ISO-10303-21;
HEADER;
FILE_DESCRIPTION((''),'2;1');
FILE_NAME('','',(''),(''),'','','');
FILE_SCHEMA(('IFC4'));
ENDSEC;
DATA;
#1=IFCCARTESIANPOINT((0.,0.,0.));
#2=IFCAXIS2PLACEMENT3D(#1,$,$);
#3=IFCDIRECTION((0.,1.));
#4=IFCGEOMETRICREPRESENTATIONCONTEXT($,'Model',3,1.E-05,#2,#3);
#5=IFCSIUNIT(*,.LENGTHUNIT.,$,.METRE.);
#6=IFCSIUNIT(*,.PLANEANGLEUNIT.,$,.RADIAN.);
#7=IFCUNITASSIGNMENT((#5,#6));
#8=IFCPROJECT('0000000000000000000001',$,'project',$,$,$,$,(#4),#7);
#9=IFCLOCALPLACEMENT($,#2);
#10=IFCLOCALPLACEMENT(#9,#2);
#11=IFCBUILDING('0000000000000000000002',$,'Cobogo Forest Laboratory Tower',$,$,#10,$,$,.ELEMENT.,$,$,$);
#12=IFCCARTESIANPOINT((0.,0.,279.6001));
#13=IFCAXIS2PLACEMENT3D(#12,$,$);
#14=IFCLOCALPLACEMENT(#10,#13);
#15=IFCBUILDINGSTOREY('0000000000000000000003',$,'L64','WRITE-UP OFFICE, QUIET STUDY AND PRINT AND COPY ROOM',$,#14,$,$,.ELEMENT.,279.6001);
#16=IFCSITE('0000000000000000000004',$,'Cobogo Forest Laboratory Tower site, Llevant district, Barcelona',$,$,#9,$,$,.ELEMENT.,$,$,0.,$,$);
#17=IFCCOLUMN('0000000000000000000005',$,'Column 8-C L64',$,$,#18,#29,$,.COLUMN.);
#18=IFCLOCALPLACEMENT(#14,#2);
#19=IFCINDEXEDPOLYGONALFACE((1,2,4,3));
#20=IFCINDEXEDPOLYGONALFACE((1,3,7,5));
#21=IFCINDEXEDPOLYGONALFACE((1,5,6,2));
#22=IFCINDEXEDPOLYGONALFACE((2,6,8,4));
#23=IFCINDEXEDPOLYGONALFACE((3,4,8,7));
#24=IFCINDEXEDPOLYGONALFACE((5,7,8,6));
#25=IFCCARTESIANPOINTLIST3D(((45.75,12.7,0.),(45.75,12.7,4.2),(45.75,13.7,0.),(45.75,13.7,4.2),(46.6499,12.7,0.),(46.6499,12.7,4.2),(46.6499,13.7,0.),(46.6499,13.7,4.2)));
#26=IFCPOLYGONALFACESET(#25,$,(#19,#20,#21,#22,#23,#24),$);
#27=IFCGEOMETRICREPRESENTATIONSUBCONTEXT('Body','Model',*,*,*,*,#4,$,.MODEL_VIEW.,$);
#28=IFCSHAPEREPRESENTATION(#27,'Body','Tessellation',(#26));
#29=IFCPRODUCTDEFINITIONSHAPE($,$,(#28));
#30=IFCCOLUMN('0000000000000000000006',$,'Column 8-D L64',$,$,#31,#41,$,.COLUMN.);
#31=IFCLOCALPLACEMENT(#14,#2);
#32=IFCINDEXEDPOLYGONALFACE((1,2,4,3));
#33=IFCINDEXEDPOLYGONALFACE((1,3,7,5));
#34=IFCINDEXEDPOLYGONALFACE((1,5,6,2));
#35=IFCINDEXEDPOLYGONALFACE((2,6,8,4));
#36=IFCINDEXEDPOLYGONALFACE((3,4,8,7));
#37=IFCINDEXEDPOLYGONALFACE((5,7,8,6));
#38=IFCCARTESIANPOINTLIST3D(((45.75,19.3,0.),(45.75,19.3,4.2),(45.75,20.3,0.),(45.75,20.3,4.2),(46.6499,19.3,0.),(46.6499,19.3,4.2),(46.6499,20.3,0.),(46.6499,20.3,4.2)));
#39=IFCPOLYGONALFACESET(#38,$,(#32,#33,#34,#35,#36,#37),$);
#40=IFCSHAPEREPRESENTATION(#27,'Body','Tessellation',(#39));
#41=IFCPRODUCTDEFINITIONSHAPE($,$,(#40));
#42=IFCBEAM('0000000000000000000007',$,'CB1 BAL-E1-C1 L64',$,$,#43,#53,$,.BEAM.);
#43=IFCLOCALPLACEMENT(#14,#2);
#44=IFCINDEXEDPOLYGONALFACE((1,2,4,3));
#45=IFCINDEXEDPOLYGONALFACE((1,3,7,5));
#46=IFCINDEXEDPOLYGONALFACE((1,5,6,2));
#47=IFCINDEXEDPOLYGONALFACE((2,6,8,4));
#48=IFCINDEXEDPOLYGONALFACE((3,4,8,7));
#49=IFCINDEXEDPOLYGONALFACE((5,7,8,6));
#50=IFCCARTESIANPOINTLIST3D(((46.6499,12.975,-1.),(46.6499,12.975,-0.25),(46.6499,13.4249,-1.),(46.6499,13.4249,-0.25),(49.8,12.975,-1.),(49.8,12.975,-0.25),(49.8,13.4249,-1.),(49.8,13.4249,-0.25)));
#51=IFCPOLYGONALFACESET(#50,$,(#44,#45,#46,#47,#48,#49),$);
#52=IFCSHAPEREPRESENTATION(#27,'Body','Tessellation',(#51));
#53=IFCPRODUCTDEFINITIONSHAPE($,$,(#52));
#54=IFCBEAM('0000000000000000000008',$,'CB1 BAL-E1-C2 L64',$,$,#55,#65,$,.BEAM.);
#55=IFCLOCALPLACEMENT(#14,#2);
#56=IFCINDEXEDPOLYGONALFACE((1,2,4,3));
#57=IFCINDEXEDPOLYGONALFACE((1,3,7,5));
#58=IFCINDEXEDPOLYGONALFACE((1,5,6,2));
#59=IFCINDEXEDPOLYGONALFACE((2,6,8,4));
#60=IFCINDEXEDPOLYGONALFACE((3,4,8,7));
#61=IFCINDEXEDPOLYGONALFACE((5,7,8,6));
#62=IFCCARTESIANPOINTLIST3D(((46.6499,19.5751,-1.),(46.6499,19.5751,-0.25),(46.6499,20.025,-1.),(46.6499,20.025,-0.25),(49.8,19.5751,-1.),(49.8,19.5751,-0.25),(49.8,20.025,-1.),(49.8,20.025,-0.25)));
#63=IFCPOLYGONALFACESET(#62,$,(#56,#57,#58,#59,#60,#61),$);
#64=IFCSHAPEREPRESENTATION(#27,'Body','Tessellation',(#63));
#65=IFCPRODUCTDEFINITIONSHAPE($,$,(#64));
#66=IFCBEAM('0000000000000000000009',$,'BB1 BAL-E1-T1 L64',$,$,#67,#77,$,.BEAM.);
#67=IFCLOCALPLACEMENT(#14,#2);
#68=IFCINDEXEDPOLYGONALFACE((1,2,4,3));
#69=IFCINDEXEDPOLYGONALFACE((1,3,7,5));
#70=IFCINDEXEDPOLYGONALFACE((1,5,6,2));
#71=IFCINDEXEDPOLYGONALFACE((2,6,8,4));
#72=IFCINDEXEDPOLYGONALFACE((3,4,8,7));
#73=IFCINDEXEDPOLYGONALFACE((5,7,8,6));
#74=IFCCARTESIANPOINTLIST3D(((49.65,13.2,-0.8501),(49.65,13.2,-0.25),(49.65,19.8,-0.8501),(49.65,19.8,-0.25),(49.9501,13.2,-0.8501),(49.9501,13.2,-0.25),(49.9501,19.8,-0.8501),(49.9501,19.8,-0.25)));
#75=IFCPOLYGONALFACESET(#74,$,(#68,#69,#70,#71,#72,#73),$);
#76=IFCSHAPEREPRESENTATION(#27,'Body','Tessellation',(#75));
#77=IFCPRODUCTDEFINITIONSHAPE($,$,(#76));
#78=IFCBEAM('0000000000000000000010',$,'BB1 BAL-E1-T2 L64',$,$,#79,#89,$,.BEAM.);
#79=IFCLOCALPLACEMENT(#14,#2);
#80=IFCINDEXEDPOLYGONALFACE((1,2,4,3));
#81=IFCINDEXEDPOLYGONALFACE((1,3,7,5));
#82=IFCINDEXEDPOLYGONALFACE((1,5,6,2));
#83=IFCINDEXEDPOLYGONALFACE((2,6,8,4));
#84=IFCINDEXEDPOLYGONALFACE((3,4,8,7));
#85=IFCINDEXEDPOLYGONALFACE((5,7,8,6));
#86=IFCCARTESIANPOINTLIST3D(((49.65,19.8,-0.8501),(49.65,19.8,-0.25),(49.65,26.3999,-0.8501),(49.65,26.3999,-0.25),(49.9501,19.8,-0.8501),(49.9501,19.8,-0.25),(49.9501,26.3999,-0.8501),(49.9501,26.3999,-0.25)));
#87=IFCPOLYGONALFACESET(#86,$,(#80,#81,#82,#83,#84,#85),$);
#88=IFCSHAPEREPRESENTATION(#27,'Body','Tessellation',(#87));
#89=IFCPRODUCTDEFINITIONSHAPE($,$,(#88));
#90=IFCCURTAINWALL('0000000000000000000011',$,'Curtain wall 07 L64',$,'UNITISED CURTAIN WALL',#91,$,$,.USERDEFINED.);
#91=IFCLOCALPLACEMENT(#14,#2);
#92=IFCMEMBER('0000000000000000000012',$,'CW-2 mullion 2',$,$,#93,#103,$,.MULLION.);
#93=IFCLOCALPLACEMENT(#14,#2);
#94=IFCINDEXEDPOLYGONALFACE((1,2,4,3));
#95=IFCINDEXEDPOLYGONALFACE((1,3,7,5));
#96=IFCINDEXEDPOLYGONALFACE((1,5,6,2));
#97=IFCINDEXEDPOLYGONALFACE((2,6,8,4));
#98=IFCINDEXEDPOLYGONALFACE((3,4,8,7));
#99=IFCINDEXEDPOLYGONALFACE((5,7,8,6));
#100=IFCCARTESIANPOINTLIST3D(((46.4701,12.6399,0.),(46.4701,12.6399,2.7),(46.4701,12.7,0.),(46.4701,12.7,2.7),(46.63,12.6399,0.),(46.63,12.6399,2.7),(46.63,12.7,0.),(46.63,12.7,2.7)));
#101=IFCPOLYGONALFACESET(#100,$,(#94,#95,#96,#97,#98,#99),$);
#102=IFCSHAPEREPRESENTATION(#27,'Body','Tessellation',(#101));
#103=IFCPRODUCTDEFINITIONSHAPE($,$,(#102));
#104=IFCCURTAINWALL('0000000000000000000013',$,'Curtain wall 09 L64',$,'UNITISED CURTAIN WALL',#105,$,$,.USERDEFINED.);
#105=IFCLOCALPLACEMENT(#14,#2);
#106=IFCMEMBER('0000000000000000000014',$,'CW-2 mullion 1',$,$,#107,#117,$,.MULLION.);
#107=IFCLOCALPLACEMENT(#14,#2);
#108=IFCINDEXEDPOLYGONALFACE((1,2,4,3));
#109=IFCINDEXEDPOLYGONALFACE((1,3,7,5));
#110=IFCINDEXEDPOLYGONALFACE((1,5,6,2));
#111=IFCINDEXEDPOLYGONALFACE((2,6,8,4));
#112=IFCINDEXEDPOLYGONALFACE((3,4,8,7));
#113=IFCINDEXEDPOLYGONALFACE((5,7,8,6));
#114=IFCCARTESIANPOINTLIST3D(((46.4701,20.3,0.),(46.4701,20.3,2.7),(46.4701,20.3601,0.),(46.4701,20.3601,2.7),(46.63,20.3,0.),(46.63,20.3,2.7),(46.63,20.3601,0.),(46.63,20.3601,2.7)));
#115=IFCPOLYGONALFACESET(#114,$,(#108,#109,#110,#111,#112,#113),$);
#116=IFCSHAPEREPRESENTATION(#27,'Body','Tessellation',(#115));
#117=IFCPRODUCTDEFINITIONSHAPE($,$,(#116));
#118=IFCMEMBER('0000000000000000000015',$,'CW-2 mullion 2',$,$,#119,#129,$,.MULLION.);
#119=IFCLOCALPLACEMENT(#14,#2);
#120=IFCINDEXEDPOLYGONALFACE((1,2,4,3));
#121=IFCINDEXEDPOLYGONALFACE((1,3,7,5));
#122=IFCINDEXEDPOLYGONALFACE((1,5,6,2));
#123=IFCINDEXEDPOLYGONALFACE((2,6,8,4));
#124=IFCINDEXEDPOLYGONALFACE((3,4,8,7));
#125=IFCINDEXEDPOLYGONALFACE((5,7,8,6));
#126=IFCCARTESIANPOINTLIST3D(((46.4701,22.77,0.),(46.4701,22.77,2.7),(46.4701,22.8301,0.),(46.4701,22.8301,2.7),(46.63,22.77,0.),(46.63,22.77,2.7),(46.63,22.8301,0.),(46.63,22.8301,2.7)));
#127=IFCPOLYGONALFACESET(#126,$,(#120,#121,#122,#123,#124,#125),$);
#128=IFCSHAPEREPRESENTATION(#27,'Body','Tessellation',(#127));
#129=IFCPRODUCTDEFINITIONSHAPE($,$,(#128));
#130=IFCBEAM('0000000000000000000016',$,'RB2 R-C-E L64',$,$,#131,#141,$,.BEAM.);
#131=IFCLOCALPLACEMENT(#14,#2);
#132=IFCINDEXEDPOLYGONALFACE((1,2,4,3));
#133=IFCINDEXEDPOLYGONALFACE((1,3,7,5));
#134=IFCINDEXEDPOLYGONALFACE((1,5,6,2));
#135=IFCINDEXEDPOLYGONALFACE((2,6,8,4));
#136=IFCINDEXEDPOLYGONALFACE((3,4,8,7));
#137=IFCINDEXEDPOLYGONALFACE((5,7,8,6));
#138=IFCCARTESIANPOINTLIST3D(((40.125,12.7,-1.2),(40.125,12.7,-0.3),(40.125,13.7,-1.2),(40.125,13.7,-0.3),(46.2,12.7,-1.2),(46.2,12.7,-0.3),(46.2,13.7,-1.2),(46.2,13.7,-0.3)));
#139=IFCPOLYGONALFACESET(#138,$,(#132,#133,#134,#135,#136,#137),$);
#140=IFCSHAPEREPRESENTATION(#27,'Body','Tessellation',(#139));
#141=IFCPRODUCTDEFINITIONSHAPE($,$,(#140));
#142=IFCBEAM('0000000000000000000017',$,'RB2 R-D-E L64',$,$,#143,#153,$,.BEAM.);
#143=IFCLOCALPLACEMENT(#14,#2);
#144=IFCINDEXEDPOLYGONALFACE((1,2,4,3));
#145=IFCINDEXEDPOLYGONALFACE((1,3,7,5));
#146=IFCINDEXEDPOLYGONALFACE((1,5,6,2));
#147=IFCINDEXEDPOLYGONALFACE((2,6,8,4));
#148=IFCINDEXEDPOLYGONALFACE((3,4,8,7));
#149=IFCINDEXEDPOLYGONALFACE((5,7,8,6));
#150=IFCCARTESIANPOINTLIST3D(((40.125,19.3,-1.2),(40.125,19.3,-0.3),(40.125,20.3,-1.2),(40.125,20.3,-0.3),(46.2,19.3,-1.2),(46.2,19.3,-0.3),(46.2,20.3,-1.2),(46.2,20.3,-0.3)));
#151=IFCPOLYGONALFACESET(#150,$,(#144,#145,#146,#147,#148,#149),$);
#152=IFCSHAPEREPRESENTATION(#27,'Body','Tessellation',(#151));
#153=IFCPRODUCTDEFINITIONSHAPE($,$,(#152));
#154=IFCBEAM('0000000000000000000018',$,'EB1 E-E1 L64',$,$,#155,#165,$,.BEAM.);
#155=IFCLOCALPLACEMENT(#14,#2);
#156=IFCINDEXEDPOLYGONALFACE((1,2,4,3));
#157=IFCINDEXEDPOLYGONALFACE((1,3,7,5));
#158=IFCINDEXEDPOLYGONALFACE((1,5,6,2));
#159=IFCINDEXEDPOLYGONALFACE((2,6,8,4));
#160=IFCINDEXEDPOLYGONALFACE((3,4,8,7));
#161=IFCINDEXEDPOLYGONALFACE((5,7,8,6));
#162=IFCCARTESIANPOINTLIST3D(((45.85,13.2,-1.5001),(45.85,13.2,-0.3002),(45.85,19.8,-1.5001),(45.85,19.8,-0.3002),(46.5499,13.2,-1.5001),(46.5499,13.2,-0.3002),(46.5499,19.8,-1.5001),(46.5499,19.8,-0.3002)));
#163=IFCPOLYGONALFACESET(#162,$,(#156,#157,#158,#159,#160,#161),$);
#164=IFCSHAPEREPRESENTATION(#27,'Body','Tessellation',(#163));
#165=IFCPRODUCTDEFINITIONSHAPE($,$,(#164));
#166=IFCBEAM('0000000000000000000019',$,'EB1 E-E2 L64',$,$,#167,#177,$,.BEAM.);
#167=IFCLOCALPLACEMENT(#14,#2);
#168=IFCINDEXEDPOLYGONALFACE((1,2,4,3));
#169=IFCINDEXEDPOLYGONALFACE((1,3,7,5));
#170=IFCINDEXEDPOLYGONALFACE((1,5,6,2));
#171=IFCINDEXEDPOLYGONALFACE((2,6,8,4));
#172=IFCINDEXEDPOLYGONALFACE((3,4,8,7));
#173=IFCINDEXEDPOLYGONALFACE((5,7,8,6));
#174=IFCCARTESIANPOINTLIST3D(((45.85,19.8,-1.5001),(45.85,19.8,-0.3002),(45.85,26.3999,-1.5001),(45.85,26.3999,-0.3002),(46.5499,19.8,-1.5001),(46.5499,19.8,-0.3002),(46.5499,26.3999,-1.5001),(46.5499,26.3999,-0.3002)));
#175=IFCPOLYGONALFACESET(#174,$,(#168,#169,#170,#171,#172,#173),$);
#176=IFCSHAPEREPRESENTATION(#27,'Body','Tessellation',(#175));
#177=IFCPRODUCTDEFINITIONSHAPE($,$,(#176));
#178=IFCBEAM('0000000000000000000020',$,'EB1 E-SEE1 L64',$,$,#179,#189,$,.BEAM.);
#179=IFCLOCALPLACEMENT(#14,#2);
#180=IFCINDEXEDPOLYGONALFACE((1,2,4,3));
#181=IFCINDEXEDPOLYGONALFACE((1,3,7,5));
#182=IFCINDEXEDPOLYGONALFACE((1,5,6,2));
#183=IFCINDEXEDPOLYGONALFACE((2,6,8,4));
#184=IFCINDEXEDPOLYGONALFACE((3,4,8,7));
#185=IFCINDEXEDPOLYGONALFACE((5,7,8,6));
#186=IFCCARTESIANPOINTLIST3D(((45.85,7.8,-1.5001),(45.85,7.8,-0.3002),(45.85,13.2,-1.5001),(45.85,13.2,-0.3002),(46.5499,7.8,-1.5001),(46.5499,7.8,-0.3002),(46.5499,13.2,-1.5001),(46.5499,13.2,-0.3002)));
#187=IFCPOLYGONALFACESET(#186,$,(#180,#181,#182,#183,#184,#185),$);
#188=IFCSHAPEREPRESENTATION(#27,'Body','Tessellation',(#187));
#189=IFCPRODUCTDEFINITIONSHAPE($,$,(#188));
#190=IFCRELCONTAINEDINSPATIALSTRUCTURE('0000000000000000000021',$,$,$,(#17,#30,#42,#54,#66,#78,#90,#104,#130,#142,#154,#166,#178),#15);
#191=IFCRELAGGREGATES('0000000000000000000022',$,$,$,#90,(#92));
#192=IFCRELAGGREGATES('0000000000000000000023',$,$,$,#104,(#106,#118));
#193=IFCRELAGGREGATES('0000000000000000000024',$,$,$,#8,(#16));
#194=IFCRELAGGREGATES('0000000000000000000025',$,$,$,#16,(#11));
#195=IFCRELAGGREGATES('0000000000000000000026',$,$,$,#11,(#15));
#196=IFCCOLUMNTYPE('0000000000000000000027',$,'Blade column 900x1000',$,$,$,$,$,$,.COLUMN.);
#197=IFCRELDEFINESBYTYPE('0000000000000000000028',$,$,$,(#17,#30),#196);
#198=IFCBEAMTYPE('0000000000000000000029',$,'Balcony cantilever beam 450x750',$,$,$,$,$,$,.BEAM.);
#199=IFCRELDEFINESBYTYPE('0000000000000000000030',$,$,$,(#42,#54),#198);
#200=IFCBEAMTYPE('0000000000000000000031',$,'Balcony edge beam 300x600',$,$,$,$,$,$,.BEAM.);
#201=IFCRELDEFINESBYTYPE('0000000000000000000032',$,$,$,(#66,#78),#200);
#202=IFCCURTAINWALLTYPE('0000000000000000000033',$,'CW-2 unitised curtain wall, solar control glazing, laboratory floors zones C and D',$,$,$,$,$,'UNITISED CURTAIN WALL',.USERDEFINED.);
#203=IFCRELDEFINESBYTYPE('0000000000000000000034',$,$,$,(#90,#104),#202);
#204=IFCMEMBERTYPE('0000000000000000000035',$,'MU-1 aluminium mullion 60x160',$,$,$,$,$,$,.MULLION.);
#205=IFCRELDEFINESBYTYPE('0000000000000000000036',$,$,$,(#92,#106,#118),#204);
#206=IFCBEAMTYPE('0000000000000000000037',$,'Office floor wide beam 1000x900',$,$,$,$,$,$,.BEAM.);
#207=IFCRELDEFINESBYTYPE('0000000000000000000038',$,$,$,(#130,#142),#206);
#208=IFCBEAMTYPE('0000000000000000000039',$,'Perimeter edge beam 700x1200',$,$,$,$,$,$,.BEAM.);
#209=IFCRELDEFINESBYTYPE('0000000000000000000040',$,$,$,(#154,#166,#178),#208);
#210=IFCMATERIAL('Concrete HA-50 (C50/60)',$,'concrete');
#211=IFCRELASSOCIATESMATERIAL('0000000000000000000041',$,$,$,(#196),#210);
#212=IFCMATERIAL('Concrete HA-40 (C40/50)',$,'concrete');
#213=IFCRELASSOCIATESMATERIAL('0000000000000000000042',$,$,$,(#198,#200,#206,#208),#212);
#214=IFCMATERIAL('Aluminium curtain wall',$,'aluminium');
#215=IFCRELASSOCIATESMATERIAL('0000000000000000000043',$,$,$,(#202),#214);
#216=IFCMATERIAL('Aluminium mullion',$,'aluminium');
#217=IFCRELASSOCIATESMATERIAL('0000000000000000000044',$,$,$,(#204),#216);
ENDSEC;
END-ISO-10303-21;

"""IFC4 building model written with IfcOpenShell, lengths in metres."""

from ifc_helpers import new_model, si_unit, direction, frame, origin, origin_2d, place, context, subcontext, project, spatial, rectangle, extrude, material, material_profile, profile_set, type_object, element, aggregate, save


model = new_model("IFC4")

# Units and contexts
model_context = context("Model", 3, precision=1e-05, world=origin(), true_north=direction((0.0, 1.0)))
body_context = subcontext(model_context, "Body", "Model", "MODEL_VIEW")
ifc_project = project(units=[si_unit("LENGTHUNIT", "METRE"), si_unit("PLANEANGLEUNIT", "RADIAN")], contexts=[model_context])

# Site, building, storey
site_placement = place(None, origin())
site = spatial("IfcSite", under=ifc_project, at=site_placement, Name="Cobogo Forest Laboratory Tower site, Llevant district, Barcelona", CompositionType="ELEMENT", RefElevation=0.0)
building_placement = place(site_placement, origin())
building = spatial("IfcBuilding", under=site, at=building_placement, Name="Cobogo Forest Laboratory Tower", CompositionType="ELEMENT")
storey_placement = place(building_placement, frame((0.0, 0.0, 279.6001)))
storey = spatial("IfcBuildingStorey", under=building, at=storey_placement, Name="L64", Description="WRITE-UP OFFICE, QUIET STUDY AND PRINT AND COPY ROOM", CompositionType="ELEMENT", Elevation=279.6001)

# Columns
ifc_material_1 = material(Name="Concrete HA-50 (C50/60)", Category="concrete")
ifc_material_profile_1 = material_profile(ifc_material_1, rectangle(XDim=1.0, YDim=0.8999, at=origin_2d()), Name="RC 900x1000")
ifc_profile_set_1 = profile_set([ifc_material_profile_1], Name="Concrete HA-50 (C50/60)")
column_type = type_object("IfcColumnType", Name="Blade column 900x1000", PredefinedType="COLUMN", material=ifc_profile_set_1)
for number, where, z_axis, x_axis, name in (
    (1, (46.2, 13.2, 0.0), (0.0, 0.0, 1.0), (0.0, 1.0, 0.0), "Column 8-C L64"),
    (2, (46.2, 19.8, 0.0), (0.0, 0.0, 1.0), (0.0, 1.0, 0.0), "Column 8-D L64"),
):
    element("IfcColumn", number, at=place(storey_placement, frame(where, z_axis=z_axis, x_axis=x_axis)), inside=storey, type_object=column_type, Name=name, PredefinedType="COLUMN", context=body_context, shape_type="SweptSolid", body=[
        extrude(rectangle(XDim=1.0, YDim=0.8999, at=origin_2d()), origin(), (0.0, 0.0, 1.0), 4.2),
    ])

# Beams
ifc_material_2 = material(Name="Concrete HA-40 (C40/50)", Category="concrete")
ifc_material_profile_2 = material_profile(ifc_material_2, rectangle(XDim=0.45, YDim=0.75, at=origin_2d()), Name="RC 450x750")
ifc_profile_set_2 = profile_set([ifc_material_profile_2], Name="Concrete HA-40 (C40/50)")
beam_type_1 = type_object("IfcBeamType", Name="Balcony cantilever beam 450x750", PredefinedType="BEAM", material=ifc_profile_set_2)
for number, where, z_axis, x_axis, name in (
    (3, (46.6499, 13.2, -0.625), (1.0, 0.0, 0.0), (0.0, 1.0, 0.0), "CB1 BAL-E1-C1 L64"),
    (4, (46.6499, 19.8, -0.625), (1.0, 0.0, 0.0), (0.0, 1.0, 0.0), "CB1 BAL-E1-C2 L64"),
):
    element("IfcBeam", number, at=place(storey_placement, frame(where, z_axis=z_axis, x_axis=x_axis)), inside=storey, type_object=beam_type_1, Name=name, PredefinedType="BEAM", context=body_context, shape_type="SweptSolid", body=[
        extrude(rectangle(XDim=0.45, YDim=0.75, at=origin_2d()), origin(), (0.0, 0.0, 1.0), 3.1501),
    ])
ifc_material_profile_3 = material_profile(ifc_material_2, rectangle(XDim=0.3, YDim=0.6001, at=origin_2d()), Name="RC 300x600")
ifc_profile_set_3 = profile_set([ifc_material_profile_3], Name="Concrete HA-40 (C40/50)")
beam_type_2 = type_object("IfcBeamType", Name="Balcony edge beam 300x600", PredefinedType="BEAM", material=ifc_profile_set_3)
beam_1_placement = place(storey_placement, frame((49.8, 13.2, -0.55), z_axis=(0.0, 1.0, 0.0), x_axis=(-1.0, 0.0, 0.0)))
element("IfcBeam", 5, at=beam_1_placement, inside=storey, type_object=beam_type_2, Name="BB1 BAL-E1-T1 L64", PredefinedType="BEAM", context=body_context, shape_type="SweptSolid", body=[
    extrude(rectangle(XDim=0.3, YDim=0.6001, at=origin_2d()), origin(), (0.0, 0.0, 1.0), 6.6001),
])
beam_2_placement = place(storey_placement, frame((49.8, 19.8, -0.55), z_axis=(0.0, 1.0, 0.0), x_axis=(-1.0, 0.0, 0.0)))
element("IfcBeam", 6, at=beam_2_placement, inside=storey, type_object=beam_type_2, Name="BB1 BAL-E1-T2 L64", PredefinedType="BEAM", context=body_context, shape_type="SweptSolid", body=[
    extrude(rectangle(XDim=0.3, YDim=0.6001, at=origin_2d()), origin(), (0.0, 0.0, 1.0), 6.5999),
])

# Curtain wall, member
ifc_material_3 = material(Name="Aluminium curtain wall", Category="aluminium")
curtain_wall_type = type_object("IfcCurtainWallType", Name="CW-2 unitised curtain wall, solar control glazing, laboratory floors zones C and D", ElementType="UNITISED CURTAIN WALL", PredefinedType="USERDEFINED", material=ifc_material_3)
curtain_wall_1_placement = place(storey_placement, origin())
curtain_wall_1 = element("IfcCurtainWall", 7, at=curtain_wall_1_placement, inside=storey, type_object=curtain_wall_type, Name="Curtain wall 07 L64", ObjectType="UNITISED CURTAIN WALL", PredefinedType="USERDEFINED")
ifc_material_4 = material(Name="Aluminium mullion", Category="aluminium")
ifc_material_profile_4 = material_profile(ifc_material_4, rectangle(XDim=0.0601, YDim=0.1599, at=origin_2d()), Name="AL 60x160")
ifc_profile_set_4 = profile_set([ifc_material_profile_4], Name="Aluminium mullion")
member_type_1 = type_object("IfcMemberType", Name="MU-1 aluminium mullion 60x160", PredefinedType="MULLION", material=ifc_profile_set_4)
member_1_placement = place(storey_placement, frame((46.55, 12.6699, 0.0), z_axis=(0.0, 0.0, 1.0), x_axis=(0.0, 1.0, 0.0)))
member_1 = element("IfcMember", 8, at=member_1_placement, type_object=member_type_1, Name="CW-2 mullion 2", PredefinedType="MULLION", context=body_context, shape_type="SweptSolid", body=[
    extrude(rectangle(XDim=0.0601, YDim=0.1599, at=origin_2d()), origin(), (0.0, 0.0, 1.0), 2.7),
])
aggregate(curtain_wall_1, [member_1])

# Curtain wall, members
curtain_wall_2_placement = place(storey_placement, origin())
curtain_wall_2 = element("IfcCurtainWall", 9, at=curtain_wall_2_placement, inside=storey, type_object=curtain_wall_type, Name="Curtain wall 09 L64", ObjectType="UNITISED CURTAIN WALL", PredefinedType="USERDEFINED")
member_2_placement = place(storey_placement, frame((46.55, 20.3301, 0.0), z_axis=(0.0, 0.0, 1.0), x_axis=(0.0, 1.0, 0.0)))
member_2 = element("IfcMember", 10, at=member_2_placement, type_object=member_type_1, Name="CW-2 mullion 1", PredefinedType="MULLION", context=body_context, shape_type="SweptSolid", body=[
    extrude(rectangle(XDim=0.0601, YDim=0.1599, at=origin_2d()), origin(), (0.0, 0.0, 1.0), 2.7),
])
member_3_placement = place(storey_placement, frame((46.55, 22.8, 0.0), z_axis=(0.0, 0.0, 1.0), x_axis=(0.0, 1.0, 0.0)))
member_3 = element("IfcMember", 11, at=member_3_placement, type_object=member_type_1, Name="CW-2 mullion 2", PredefinedType="MULLION", context=body_context, shape_type="SweptSolid", body=[
    extrude(rectangle(XDim=0.0601, YDim=0.1599, at=origin_2d()), origin(), (0.0, 0.0, 1.0), 2.7),
])

# Beams
ifc_material_profile_5 = material_profile(ifc_material_2, rectangle(XDim=1.0, YDim=0.8999, at=origin_2d()), Name="RC 1000x900")
ifc_profile_set_5 = profile_set([ifc_material_profile_5], Name="Concrete HA-40 (C40/50)")
beam_type_3 = type_object("IfcBeamType", Name="Office floor wide beam 1000x900", PredefinedType="BEAM", material=ifc_profile_set_5)
for number, where, z_axis, x_axis, name in (
    (12, (40.125, 13.2, -0.75), (1.0, 0.0, 0.0), (0.0, 1.0, 0.0), "RB2 R-C-E L64"),
    (13, (40.125, 19.8, -0.75), (1.0, 0.0, 0.0), (0.0, 1.0, 0.0), "RB2 R-D-E L64"),
):
    element("IfcBeam", number, at=place(storey_placement, frame(where, z_axis=z_axis, x_axis=x_axis)), inside=storey, type_object=beam_type_3, Name=name, PredefinedType="BEAM", context=body_context, shape_type="SweptSolid", body=[
        extrude(rectangle(XDim=1.0, YDim=0.8999, at=origin_2d()), origin(), (0.0, 0.0, 1.0), 6.075),
    ])
ifc_material_profile_6 = material_profile(ifc_material_2, rectangle(XDim=0.7, YDim=1.2, at=origin_2d()), Name="RC 700x1200")
ifc_profile_set_6 = profile_set([ifc_material_profile_6], Name="Concrete HA-40 (C40/50)")
beam_type_4 = type_object("IfcBeamType", Name="Perimeter edge beam 700x1200", PredefinedType="BEAM", material=ifc_profile_set_6)
beam_3_placement = place(storey_placement, frame((46.2, 13.2, -0.9001), z_axis=(0.0, 1.0, 0.0), x_axis=(-1.0, 0.0, 0.0)))
element("IfcBeam", 14, at=beam_3_placement, inside=storey, type_object=beam_type_4, Name="EB1 E-E1 L64", PredefinedType="BEAM", context=body_context, shape_type="SweptSolid", body=[
    extrude(rectangle(XDim=0.7, YDim=1.2, at=origin_2d()), origin(), (0.0, 0.0, 1.0), 6.6001),
])
beam_4_placement = place(storey_placement, frame((46.2, 19.8, -0.9001), z_axis=(0.0, 1.0, 0.0), x_axis=(-1.0, 0.0, 0.0)))
element("IfcBeam", 15, at=beam_4_placement, inside=storey, type_object=beam_type_4, Name="EB1 E-E2 L64", PredefinedType="BEAM", context=body_context, shape_type="SweptSolid", body=[
    extrude(rectangle(XDim=0.7, YDim=1.2, at=origin_2d()), origin(), (0.0, 0.0, 1.0), 6.5999),
])
beam_5_placement = place(storey_placement, frame((46.2, 13.2, -0.9001), z_axis=(0.0, -1.0, 0.0), x_axis=(1.0, 0.0, 0.0)))
element("IfcBeam", 16, at=beam_5_placement, inside=storey, type_object=beam_type_4, Name="EB1 E-SEE1 L64", PredefinedType="BEAM", context=body_context, shape_type="SweptSolid", body=[
    extrude(rectangle(XDim=0.7, YDim=1.2, at=origin_2d()), origin(), (0.0, 0.0, 1.0), 5.3999),
])

aggregate(curtain_wall_2, [member_2, member_3])

save(model, "model.ifc")
